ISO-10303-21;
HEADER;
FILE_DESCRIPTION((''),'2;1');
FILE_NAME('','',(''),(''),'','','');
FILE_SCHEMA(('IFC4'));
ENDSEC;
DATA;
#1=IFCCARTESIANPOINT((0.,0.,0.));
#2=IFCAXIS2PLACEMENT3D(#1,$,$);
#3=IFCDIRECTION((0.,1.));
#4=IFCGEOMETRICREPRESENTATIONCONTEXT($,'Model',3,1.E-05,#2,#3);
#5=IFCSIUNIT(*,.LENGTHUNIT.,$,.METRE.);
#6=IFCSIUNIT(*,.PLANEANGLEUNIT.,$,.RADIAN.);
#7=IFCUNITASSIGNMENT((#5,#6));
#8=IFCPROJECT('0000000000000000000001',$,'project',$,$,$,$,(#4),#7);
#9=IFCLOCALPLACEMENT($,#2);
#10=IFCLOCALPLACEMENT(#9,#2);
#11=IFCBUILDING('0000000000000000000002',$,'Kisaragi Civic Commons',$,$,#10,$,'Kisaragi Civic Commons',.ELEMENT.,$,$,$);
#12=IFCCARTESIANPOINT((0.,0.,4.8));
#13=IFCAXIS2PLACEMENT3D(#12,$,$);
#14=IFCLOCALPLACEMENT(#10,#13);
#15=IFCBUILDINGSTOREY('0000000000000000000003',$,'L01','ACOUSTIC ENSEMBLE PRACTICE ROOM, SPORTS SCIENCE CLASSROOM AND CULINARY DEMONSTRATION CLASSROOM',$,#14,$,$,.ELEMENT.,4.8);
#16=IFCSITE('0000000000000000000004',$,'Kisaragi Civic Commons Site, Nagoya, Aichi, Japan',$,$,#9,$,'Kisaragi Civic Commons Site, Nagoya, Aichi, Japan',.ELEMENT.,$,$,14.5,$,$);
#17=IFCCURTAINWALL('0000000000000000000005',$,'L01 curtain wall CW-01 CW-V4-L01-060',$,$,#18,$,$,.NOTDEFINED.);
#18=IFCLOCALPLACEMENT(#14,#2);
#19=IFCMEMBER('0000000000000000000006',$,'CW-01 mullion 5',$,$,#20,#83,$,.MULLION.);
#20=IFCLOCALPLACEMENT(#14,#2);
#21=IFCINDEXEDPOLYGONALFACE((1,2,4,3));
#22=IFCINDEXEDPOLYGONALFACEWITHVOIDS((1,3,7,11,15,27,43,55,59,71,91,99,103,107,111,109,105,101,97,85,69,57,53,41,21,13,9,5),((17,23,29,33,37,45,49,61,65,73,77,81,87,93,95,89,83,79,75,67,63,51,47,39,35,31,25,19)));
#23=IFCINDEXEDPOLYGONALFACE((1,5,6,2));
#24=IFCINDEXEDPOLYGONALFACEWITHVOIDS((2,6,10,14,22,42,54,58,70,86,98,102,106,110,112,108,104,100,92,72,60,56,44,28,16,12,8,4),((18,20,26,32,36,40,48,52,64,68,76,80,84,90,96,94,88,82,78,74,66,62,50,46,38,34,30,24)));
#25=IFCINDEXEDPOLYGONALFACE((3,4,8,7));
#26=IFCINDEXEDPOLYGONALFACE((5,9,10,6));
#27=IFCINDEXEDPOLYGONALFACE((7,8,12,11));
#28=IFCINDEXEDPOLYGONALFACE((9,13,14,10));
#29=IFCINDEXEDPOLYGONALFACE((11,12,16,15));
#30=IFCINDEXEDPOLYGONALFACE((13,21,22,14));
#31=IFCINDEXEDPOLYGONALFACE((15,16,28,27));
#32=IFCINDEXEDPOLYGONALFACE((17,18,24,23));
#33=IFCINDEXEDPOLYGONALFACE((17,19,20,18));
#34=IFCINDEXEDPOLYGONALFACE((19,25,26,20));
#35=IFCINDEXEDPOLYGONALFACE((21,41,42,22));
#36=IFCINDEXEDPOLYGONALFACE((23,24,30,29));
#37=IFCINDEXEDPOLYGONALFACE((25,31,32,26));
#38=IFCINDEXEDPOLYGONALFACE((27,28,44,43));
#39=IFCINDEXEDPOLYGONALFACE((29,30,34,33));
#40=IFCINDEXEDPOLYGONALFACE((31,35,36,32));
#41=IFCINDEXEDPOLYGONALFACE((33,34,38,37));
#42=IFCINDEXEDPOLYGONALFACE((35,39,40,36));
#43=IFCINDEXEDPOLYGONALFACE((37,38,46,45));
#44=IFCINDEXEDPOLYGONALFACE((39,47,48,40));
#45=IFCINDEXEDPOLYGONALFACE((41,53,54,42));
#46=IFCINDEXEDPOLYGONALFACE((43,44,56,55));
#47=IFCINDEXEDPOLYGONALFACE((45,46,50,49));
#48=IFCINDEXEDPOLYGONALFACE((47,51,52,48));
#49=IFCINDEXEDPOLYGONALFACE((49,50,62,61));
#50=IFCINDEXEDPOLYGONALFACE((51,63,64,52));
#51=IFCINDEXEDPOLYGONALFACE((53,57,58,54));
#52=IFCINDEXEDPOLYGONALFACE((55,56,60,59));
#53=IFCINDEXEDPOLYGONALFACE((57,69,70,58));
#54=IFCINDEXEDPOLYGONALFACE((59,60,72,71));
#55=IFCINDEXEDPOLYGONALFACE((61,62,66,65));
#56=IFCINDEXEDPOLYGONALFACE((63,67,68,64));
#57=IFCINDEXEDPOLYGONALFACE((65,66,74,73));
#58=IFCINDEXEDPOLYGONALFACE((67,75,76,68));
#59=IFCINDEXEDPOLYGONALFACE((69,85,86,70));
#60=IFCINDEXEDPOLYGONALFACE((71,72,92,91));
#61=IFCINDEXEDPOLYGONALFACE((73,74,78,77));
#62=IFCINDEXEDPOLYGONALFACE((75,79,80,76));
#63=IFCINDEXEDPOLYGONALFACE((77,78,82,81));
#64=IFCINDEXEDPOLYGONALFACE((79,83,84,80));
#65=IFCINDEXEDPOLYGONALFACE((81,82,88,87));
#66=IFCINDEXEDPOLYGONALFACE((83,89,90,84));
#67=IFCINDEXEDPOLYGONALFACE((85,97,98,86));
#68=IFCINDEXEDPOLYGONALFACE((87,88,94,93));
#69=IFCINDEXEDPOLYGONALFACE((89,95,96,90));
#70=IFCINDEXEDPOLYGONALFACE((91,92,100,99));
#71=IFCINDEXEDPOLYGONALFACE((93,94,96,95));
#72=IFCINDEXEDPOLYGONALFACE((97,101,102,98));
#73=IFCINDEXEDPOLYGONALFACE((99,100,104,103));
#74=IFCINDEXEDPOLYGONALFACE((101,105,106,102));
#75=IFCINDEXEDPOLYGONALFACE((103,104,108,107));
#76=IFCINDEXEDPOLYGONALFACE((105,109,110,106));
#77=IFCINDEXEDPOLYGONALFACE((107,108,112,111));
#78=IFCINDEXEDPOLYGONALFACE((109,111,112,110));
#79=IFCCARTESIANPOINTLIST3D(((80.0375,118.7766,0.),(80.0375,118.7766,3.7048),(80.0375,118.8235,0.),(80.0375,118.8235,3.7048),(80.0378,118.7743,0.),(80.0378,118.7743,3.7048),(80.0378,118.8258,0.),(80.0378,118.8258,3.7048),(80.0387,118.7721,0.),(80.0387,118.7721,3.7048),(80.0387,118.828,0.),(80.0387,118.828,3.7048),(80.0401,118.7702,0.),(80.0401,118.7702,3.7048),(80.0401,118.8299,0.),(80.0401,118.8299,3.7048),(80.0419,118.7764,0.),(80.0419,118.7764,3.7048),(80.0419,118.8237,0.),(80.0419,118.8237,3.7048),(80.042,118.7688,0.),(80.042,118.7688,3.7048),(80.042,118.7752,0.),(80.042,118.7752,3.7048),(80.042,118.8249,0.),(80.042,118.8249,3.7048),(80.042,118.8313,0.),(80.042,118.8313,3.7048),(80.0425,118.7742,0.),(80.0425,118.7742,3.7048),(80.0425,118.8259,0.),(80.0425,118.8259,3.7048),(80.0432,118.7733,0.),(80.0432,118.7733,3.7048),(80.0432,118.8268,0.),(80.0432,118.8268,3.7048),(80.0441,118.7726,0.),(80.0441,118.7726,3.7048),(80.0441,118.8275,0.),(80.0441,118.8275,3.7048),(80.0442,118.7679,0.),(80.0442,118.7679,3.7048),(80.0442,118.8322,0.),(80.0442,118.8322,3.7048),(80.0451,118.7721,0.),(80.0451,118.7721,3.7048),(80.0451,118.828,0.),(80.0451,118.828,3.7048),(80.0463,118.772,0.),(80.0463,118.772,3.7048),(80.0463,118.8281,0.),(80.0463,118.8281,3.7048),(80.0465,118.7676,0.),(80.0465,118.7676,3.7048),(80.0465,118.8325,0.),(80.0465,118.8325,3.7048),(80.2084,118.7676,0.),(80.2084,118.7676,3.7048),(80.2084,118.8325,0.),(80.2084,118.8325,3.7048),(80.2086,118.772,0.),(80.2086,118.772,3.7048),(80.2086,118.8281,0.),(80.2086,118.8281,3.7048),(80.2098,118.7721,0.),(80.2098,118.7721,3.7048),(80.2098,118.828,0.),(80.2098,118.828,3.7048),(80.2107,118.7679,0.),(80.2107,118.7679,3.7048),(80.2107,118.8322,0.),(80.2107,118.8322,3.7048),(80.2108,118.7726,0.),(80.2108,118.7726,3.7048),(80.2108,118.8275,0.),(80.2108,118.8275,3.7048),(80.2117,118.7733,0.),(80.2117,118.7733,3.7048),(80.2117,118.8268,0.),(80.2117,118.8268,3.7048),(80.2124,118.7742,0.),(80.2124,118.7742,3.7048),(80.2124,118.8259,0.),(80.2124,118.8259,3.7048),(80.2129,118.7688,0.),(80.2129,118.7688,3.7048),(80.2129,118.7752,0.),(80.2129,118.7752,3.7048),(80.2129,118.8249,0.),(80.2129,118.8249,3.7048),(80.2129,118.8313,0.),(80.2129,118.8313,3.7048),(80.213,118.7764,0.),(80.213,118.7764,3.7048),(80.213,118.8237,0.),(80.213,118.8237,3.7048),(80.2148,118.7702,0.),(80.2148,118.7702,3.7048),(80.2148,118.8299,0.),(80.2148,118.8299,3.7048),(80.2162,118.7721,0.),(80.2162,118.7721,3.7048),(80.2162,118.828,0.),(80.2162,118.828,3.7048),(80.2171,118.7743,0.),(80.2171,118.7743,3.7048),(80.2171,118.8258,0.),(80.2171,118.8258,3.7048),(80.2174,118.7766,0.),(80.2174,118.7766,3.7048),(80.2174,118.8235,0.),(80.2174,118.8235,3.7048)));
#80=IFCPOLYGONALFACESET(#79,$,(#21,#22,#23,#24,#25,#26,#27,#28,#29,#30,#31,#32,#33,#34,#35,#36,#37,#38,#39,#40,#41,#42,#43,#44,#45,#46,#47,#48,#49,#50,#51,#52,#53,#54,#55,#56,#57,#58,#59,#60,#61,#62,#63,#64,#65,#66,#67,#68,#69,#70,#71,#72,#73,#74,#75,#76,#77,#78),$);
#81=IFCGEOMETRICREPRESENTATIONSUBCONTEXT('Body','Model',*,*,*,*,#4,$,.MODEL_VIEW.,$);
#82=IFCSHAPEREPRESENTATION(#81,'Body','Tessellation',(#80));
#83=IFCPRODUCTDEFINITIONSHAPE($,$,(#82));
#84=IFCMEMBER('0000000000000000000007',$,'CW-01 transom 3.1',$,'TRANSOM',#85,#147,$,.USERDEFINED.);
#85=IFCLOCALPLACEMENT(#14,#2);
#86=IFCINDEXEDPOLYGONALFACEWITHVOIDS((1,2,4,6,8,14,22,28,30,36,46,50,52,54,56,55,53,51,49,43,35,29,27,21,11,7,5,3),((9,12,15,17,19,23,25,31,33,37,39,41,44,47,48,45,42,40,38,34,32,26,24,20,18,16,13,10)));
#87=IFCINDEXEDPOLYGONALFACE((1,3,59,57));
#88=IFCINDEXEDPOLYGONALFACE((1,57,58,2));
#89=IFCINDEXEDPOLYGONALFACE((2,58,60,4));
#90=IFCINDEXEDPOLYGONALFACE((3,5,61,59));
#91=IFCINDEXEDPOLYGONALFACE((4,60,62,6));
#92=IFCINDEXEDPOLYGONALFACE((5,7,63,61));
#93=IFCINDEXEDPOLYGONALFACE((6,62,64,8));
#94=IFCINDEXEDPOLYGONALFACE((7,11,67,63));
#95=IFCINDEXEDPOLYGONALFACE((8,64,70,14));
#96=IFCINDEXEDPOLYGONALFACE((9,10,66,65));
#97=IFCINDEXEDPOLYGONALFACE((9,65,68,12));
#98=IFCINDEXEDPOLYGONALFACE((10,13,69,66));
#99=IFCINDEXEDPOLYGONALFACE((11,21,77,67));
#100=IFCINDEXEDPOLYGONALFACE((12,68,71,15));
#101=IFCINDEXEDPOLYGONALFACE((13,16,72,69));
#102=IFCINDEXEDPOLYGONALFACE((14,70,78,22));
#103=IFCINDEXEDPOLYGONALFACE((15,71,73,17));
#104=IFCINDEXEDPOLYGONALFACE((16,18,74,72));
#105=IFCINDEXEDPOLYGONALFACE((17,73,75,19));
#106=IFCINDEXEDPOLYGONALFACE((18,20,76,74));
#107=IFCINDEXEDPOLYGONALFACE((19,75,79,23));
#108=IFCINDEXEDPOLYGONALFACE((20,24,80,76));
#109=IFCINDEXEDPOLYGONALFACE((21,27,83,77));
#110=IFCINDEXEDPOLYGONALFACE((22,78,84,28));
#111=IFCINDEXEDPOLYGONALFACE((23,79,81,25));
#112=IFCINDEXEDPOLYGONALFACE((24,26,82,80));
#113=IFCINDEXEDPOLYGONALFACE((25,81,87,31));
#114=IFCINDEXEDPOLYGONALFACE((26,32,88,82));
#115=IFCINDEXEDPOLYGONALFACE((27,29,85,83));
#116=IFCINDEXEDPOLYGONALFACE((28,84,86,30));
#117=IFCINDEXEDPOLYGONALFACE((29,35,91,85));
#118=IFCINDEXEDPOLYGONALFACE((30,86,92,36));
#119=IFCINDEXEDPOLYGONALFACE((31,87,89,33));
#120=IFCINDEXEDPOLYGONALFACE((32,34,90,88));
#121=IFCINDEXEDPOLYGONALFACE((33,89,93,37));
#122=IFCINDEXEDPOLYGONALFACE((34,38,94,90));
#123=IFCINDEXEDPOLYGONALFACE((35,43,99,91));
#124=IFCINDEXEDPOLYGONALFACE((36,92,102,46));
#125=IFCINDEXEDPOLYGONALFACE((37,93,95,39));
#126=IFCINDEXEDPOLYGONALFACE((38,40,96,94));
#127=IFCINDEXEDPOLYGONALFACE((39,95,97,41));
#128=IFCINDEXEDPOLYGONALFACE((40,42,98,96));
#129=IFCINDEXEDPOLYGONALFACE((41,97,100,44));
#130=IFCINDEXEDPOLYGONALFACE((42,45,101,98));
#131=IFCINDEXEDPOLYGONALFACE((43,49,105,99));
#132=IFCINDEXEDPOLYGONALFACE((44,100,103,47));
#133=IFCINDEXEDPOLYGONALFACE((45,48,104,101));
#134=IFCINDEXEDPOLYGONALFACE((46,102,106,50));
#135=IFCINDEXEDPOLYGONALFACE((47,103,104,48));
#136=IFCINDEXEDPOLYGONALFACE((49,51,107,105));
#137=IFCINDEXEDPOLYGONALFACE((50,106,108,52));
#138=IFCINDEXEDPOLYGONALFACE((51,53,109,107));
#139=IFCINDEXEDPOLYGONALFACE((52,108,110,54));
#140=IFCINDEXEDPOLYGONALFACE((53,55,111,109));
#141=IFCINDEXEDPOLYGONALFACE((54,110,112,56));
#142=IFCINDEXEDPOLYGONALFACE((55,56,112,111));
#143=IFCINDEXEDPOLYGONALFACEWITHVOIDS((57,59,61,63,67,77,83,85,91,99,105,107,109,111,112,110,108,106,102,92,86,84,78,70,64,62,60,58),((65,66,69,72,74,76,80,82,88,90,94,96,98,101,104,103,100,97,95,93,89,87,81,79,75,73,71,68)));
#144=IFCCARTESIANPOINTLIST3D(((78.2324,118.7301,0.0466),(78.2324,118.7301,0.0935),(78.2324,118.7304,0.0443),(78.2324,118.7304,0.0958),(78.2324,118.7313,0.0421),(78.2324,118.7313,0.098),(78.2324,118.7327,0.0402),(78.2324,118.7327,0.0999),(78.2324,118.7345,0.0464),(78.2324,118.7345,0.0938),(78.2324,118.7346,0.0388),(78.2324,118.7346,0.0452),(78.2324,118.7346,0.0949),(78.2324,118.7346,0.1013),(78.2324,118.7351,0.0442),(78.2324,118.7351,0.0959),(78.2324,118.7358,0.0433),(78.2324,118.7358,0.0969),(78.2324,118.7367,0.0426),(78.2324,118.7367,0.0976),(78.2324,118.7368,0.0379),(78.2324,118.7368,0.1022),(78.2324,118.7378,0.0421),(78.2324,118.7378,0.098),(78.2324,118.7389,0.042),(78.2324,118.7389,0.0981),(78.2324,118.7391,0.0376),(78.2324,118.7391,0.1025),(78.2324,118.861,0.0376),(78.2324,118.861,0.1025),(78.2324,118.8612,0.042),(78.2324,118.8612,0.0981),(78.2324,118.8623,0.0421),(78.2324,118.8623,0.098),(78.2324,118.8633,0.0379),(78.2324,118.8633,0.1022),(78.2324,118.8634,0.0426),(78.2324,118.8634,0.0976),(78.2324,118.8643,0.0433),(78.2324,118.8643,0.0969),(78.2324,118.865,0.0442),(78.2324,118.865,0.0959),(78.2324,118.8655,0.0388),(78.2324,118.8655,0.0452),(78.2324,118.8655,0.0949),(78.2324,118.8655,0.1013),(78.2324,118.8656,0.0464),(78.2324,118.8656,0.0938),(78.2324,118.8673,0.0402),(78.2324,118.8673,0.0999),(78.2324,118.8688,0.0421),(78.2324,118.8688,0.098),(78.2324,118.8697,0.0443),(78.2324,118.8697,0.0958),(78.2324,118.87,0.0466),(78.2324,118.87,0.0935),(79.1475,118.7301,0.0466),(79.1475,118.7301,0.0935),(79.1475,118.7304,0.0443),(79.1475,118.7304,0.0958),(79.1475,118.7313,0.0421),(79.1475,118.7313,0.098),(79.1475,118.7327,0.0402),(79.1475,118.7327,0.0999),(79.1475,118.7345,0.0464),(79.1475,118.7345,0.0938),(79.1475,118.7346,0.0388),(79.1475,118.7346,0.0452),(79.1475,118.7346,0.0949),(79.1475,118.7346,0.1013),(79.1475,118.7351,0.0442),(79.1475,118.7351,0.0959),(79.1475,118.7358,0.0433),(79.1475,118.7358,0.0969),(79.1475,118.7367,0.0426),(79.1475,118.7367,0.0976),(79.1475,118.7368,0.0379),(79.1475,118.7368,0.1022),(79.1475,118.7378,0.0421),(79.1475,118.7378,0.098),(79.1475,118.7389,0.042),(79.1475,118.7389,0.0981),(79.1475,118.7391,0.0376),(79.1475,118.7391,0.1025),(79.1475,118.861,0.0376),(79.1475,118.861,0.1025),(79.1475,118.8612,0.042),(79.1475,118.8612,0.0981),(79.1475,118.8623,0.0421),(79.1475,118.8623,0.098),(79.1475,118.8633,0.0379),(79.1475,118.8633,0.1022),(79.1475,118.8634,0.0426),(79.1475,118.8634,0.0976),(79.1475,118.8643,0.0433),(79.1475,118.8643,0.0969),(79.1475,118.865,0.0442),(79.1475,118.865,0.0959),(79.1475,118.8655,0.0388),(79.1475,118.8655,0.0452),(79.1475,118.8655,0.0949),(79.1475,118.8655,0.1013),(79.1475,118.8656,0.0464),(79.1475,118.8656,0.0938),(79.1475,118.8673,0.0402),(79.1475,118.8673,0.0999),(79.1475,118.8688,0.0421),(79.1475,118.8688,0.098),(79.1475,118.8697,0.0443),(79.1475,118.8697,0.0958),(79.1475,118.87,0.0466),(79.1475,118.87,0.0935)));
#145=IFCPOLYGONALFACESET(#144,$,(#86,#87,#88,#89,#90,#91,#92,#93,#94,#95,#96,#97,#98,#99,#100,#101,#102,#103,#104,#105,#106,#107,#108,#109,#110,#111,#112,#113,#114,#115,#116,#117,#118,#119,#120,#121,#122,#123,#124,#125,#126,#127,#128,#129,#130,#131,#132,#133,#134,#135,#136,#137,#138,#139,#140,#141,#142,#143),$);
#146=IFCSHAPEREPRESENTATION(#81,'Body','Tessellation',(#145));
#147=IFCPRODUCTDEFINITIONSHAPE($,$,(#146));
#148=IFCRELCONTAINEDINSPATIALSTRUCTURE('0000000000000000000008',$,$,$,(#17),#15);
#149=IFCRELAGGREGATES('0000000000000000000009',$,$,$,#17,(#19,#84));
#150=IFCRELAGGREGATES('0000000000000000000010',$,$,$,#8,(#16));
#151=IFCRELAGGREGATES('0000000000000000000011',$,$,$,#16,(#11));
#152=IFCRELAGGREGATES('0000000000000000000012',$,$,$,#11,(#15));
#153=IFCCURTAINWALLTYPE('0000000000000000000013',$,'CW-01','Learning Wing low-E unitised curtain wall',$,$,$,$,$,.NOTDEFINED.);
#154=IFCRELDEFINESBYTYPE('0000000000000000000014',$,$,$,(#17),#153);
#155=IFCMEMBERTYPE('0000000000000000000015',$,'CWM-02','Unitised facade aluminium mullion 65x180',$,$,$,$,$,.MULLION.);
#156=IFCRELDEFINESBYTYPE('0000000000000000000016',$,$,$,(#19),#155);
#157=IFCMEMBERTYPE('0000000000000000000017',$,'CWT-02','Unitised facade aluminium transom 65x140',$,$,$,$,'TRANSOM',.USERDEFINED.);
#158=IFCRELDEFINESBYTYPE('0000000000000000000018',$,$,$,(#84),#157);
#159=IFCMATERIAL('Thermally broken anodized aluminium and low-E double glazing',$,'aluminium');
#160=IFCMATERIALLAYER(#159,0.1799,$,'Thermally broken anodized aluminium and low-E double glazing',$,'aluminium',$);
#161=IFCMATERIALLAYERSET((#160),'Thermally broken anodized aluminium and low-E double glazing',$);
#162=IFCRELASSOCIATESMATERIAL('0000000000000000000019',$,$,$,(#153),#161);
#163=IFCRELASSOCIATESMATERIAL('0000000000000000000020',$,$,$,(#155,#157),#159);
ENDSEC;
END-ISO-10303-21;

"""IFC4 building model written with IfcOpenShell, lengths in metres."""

from ifc_helpers import new_model, si_unit, direction, frame, origin, origin_2d, place, context, subcontext, project, spatial, hollow_rectangle, extrude, material, layer, layer_set, material_profile, profile_set, type_object, element, aggregate, save


model = new_model("IFC4")

# Units and contexts
model_context = context("Model", 3, precision=1e-05, world=origin(), true_north=direction((0.0, 1.0)))
body_context = subcontext(model_context, "Body", "Model", "MODEL_VIEW")
ifc_project = project(units=[si_unit("LENGTHUNIT", "METRE"), si_unit("PLANEANGLEUNIT", "RADIAN")], contexts=[model_context])

# Site, building, storey
site_placement = place(None, origin())
site = spatial("IfcSite", under=ifc_project, at=site_placement, Name="Kisaragi Civic Commons Site, Nagoya, Aichi, Japan", LongName="Kisaragi Civic Commons Site, Nagoya, Aichi, Japan", CompositionType="ELEMENT", RefElevation=14.5)
building_placement = place(site_placement, origin())
building = spatial("IfcBuilding", under=site, at=building_placement, Name="Kisaragi Civic Commons", LongName="Kisaragi Civic Commons", CompositionType="ELEMENT")
storey_placement = place(building_placement, frame((0.0, 0.0, 4.8)))
storey = spatial("IfcBuildingStorey", under=building, at=storey_placement, Name="L01", Description="ACOUSTIC ENSEMBLE PRACTICE ROOM, SPORTS SCIENCE CLASSROOM AND CULINARY DEMONSTRATION CLASSROOM", CompositionType="ELEMENT", Elevation=4.8)

# Curtain wall, members
ifc_material_1 = material(Name="Thermally broken anodized aluminium and low-E double glazing", Category="aluminium")
ifc_layer_1 = layer(ifc_material_1, 0.1799, Name="Thermally broken anodized aluminium and low-E double glazing", Category="aluminium")
ifc_layer_set_1 = layer_set([ifc_layer_1], Name="Thermally broken anodized aluminium and low-E double glazing")
curtain_wall_type = type_object("IfcCurtainWallType", Name="CW-01", Description="Learning Wing low-E unitised curtain wall", PredefinedType="NOTDEFINED", material=ifc_layer_set_1)
curtain_wall_placement = place(storey_placement, origin())
curtain_wall = element("IfcCurtainWall", 1, at=curtain_wall_placement, inside=storey, type_object=curtain_wall_type, Name="L01 curtain wall CW-01 CW-V4-L01-060", PredefinedType="NOTDEFINED")
ifc_material_profile_1 = material_profile(ifc_material_1, hollow_rectangle(XDim=0.0649, YDim=0.1799, WallThickness=0.0044, InnerFilletRadius=0.0044, OuterFilletRadius=0.009, at=origin_2d()), Name="CWM-65x180x4.5", Category="aluminium")
ifc_profile_set_1 = profile_set([ifc_material_profile_1], Name="Thermally broken anodized aluminium and low-E double glazing")
member_type_1 = type_object("IfcMemberType", Name="CWM-02", Description="Unitised facade aluminium mullion 65x180", PredefinedType="MULLION", material=ifc_profile_set_1)
member_1_placement = place(storey_placement, frame((80.1274, 118.8, 0.0), z_axis=(0.0, 0.0, 1.0), x_axis=(0.0, 1.0, 0.0)))
member_1 = element("IfcMember", 2, at=member_1_placement, type_object=member_type_1, Name="CW-01 mullion 5", PredefinedType="MULLION", context=body_context, shape_type="SweptSolid", body=[
    extrude(hollow_rectangle(XDim=0.0649, YDim=0.1799, WallThickness=0.0044, InnerFilletRadius=0.0044, OuterFilletRadius=0.009, at=origin_2d()), origin(), (0.0, 0.0, 1.0), 3.7048),
])
ifc_material_profile_2 = material_profile(ifc_material_1, hollow_rectangle(XDim=0.1399, YDim=0.0649, WallThickness=0.0044, InnerFilletRadius=0.0044, OuterFilletRadius=0.009, at=origin_2d()), Name="CWT-65x140x4.5", Category="aluminium")
ifc_profile_set_2 = profile_set([ifc_material_profile_2], Name="Thermally broken anodized aluminium and low-E double glazing")
member_type_2 = type_object("IfcMemberType", Name="CWT-02", Description="Unitised facade aluminium transom 65x140", ElementType="TRANSOM", PredefinedType="USERDEFINED", material=ifc_profile_set_2)
member_2_placement = place(storey_placement, frame((78.2324, 118.8, 0.0701), z_axis=(1.0, 0.0, 0.0), x_axis=(0.0, 1.0, 0.0)))
member_2 = element("IfcMember", 3, at=member_2_placement, type_object=member_type_2, Name="CW-01 transom 3.1", ObjectType="TRANSOM", PredefinedType="USERDEFINED", context=body_context, shape_type="SweptSolid", body=[
    extrude(hollow_rectangle(XDim=0.1399, YDim=0.0649, WallThickness=0.0044, InnerFilletRadius=0.0044, OuterFilletRadius=0.009, at=origin_2d()), origin(), (0.0, 0.0, 1.0), 0.915),
])
aggregate(curtain_wall, [member_1, member_2])

save(model, "model.ifc")
